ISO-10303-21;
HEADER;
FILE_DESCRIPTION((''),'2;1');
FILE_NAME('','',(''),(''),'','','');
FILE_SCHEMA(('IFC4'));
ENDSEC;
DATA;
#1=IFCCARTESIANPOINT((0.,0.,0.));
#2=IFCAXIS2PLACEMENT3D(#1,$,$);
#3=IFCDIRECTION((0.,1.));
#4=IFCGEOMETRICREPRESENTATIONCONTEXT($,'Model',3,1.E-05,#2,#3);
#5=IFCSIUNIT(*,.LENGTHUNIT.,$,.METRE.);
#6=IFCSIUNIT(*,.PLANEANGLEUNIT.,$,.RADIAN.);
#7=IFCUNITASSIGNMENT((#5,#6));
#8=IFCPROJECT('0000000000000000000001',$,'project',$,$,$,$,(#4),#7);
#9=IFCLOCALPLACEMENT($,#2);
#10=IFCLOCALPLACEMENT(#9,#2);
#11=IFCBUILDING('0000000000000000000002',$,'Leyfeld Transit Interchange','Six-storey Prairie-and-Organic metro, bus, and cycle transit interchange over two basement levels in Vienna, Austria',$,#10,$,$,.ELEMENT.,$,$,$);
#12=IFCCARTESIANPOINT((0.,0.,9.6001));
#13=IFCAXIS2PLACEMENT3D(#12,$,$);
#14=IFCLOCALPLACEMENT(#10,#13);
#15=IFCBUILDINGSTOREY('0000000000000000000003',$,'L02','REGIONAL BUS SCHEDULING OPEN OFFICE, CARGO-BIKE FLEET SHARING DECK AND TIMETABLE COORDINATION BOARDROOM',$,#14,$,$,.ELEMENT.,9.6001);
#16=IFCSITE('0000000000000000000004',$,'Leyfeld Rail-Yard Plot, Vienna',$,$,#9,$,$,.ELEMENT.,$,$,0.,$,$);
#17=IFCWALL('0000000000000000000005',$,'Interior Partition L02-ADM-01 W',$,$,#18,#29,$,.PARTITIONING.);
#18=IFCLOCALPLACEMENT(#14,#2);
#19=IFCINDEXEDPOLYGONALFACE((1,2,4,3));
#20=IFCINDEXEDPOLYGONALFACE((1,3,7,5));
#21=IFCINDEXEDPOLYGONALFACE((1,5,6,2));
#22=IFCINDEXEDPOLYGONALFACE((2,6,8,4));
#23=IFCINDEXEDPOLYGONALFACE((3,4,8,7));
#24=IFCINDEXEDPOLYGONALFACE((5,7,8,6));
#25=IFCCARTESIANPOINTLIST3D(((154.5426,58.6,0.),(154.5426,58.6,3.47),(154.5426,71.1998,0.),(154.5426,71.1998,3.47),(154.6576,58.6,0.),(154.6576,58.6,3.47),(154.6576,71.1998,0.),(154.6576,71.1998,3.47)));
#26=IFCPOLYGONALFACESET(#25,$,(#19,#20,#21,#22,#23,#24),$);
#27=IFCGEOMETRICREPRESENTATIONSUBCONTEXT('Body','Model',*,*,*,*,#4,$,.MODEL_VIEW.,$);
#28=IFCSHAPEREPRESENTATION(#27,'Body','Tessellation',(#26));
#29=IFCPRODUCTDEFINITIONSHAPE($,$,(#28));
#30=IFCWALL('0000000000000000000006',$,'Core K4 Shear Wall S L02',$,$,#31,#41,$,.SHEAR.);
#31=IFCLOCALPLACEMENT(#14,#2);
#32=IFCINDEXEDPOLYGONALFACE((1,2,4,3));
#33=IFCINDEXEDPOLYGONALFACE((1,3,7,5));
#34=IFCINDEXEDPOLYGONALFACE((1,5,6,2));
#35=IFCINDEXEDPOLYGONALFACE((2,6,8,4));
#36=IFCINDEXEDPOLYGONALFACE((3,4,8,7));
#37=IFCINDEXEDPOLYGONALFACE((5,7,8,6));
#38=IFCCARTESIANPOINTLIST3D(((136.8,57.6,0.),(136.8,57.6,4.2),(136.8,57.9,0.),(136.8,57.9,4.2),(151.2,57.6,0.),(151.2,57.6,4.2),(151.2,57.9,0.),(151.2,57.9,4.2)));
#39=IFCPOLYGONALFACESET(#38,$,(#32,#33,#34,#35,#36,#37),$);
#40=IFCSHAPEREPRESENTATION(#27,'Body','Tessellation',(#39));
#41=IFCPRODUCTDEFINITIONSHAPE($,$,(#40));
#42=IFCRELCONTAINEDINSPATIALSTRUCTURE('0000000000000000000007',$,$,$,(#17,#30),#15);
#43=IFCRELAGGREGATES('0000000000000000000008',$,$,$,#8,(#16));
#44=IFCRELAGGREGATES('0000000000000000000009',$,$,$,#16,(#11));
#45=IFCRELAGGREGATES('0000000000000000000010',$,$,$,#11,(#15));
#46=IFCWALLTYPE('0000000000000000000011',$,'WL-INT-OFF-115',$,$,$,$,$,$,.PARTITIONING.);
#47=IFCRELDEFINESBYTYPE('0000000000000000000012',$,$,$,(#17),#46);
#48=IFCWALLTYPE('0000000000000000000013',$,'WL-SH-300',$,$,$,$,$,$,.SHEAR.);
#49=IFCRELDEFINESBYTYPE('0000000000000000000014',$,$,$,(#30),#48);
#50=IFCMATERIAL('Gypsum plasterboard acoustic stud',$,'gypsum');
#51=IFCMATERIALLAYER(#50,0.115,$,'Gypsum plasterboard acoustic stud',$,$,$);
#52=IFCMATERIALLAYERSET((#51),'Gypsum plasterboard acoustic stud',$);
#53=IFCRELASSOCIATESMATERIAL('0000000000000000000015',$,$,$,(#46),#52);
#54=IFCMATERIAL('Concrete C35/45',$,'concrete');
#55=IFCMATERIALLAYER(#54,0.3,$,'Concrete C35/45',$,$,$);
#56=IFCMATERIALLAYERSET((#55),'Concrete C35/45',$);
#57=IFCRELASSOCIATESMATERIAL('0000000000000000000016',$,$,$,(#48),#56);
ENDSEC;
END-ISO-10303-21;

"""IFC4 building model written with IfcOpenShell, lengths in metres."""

from ifc_helpers import new_model, si_unit, direction, frame, frame_2d, origin, place, context, subcontext, project, spatial, rectangle, extrude, material, layer, layer_set, type_object, element, save


model = new_model("IFC4")

# Units and contexts
model_context = context("Model", 3, precision=1e-05, world=origin(), true_north=direction((0.0, 1.0)))
body_context = subcontext(model_context, "Body", "Model", "MODEL_VIEW")
ifc_project = project(units=[si_unit("LENGTHUNIT", "METRE"), si_unit("PLANEANGLEUNIT", "RADIAN")], contexts=[model_context])

# Site, building, storey
site_placement = place(None, origin())
site = spatial("IfcSite", under=ifc_project, at=site_placement, Name="Leyfeld Rail-Yard Plot, Vienna", CompositionType="ELEMENT", RefElevation=0.0)
building_placement = place(site_placement, origin())
building = spatial("IfcBuilding", under=site, at=building_placement, Name="Leyfeld Transit Interchange", Description="Six-storey Prairie-and-Organic metro, bus, and cycle transit interchange over two basement levels in Vienna, Austria", CompositionType="ELEMENT")
storey_placement = place(building_placement, frame((0.0, 0.0, 9.6001)))
storey = spatial("IfcBuildingStorey", under=building, at=storey_placement, Name="L02", Description="REGIONAL BUS SCHEDULING OPEN OFFICE, CARGO-BIKE FLEET SHARING DECK AND TIMETABLE COORDINATION BOARDROOM", CompositionType="ELEMENT", Elevation=9.6001)

# Shared definitions
ifc_material_1 = material(Name="Concrete C35/45", Category="concrete")

# Walls
ifc_material_2 = material(Name="Gypsum plasterboard acoustic stud", Category="gypsum")
ifc_layer_1 = layer(ifc_material_2, 0.115, Name="Gypsum plasterboard acoustic stud")
ifc_layer_set_1 = layer_set([ifc_layer_1], Name="Gypsum plasterboard acoustic stud")
wall_type_1 = type_object("IfcWallType", Name="WL-INT-OFF-115", PredefinedType="PARTITIONING", material=ifc_layer_set_1)
wall_1_placement = place(storey_placement, frame((154.6001, 58.6001, 0.0), z_axis=(0.0, 0.0, 1.0), x_axis=(0.0, 1.0, 0.0)))
element("IfcWall", 1, at=wall_1_placement, inside=storey, type_object=wall_type_1, Name="Interior Partition L02-ADM-01 W", PredefinedType="PARTITIONING", context=body_context, shape_type="SweptSolid", body=[
    extrude(rectangle(XDim=12.5999, YDim=0.115, at=frame_2d((6.2998, 0.0))), origin(), (0.0, 0.0, 1.0), 3.47),
])
ifc_layer_2 = layer(ifc_material_1, 0.3, Name="Concrete C35/45")
ifc_layer_set_2 = layer_set([ifc_layer_2], Name="Concrete C35/45")
wall_type_2 = type_object("IfcWallType", Name="WL-SH-300", PredefinedType="SHEAR", material=ifc_layer_set_2)
wall_2_placement = place(storey_placement, frame((151.2, 57.75, 0.0), z_axis=(0.0, 0.0, 1.0), x_axis=(-1.0, 0.0, 0.0)))
element("IfcWall", 2, at=wall_2_placement, inside=storey, type_object=wall_type_2, Name="Core K4 Shear Wall S L02", PredefinedType="SHEAR", context=body_context, shape_type="SweptSolid", body=[
    extrude(rectangle(XDim=14.3999, YDim=0.3, at=frame_2d((7.2, 0.0))), origin(), (0.0, 0.0, 1.0), 4.2),
])

save(model, "model.ifc")
